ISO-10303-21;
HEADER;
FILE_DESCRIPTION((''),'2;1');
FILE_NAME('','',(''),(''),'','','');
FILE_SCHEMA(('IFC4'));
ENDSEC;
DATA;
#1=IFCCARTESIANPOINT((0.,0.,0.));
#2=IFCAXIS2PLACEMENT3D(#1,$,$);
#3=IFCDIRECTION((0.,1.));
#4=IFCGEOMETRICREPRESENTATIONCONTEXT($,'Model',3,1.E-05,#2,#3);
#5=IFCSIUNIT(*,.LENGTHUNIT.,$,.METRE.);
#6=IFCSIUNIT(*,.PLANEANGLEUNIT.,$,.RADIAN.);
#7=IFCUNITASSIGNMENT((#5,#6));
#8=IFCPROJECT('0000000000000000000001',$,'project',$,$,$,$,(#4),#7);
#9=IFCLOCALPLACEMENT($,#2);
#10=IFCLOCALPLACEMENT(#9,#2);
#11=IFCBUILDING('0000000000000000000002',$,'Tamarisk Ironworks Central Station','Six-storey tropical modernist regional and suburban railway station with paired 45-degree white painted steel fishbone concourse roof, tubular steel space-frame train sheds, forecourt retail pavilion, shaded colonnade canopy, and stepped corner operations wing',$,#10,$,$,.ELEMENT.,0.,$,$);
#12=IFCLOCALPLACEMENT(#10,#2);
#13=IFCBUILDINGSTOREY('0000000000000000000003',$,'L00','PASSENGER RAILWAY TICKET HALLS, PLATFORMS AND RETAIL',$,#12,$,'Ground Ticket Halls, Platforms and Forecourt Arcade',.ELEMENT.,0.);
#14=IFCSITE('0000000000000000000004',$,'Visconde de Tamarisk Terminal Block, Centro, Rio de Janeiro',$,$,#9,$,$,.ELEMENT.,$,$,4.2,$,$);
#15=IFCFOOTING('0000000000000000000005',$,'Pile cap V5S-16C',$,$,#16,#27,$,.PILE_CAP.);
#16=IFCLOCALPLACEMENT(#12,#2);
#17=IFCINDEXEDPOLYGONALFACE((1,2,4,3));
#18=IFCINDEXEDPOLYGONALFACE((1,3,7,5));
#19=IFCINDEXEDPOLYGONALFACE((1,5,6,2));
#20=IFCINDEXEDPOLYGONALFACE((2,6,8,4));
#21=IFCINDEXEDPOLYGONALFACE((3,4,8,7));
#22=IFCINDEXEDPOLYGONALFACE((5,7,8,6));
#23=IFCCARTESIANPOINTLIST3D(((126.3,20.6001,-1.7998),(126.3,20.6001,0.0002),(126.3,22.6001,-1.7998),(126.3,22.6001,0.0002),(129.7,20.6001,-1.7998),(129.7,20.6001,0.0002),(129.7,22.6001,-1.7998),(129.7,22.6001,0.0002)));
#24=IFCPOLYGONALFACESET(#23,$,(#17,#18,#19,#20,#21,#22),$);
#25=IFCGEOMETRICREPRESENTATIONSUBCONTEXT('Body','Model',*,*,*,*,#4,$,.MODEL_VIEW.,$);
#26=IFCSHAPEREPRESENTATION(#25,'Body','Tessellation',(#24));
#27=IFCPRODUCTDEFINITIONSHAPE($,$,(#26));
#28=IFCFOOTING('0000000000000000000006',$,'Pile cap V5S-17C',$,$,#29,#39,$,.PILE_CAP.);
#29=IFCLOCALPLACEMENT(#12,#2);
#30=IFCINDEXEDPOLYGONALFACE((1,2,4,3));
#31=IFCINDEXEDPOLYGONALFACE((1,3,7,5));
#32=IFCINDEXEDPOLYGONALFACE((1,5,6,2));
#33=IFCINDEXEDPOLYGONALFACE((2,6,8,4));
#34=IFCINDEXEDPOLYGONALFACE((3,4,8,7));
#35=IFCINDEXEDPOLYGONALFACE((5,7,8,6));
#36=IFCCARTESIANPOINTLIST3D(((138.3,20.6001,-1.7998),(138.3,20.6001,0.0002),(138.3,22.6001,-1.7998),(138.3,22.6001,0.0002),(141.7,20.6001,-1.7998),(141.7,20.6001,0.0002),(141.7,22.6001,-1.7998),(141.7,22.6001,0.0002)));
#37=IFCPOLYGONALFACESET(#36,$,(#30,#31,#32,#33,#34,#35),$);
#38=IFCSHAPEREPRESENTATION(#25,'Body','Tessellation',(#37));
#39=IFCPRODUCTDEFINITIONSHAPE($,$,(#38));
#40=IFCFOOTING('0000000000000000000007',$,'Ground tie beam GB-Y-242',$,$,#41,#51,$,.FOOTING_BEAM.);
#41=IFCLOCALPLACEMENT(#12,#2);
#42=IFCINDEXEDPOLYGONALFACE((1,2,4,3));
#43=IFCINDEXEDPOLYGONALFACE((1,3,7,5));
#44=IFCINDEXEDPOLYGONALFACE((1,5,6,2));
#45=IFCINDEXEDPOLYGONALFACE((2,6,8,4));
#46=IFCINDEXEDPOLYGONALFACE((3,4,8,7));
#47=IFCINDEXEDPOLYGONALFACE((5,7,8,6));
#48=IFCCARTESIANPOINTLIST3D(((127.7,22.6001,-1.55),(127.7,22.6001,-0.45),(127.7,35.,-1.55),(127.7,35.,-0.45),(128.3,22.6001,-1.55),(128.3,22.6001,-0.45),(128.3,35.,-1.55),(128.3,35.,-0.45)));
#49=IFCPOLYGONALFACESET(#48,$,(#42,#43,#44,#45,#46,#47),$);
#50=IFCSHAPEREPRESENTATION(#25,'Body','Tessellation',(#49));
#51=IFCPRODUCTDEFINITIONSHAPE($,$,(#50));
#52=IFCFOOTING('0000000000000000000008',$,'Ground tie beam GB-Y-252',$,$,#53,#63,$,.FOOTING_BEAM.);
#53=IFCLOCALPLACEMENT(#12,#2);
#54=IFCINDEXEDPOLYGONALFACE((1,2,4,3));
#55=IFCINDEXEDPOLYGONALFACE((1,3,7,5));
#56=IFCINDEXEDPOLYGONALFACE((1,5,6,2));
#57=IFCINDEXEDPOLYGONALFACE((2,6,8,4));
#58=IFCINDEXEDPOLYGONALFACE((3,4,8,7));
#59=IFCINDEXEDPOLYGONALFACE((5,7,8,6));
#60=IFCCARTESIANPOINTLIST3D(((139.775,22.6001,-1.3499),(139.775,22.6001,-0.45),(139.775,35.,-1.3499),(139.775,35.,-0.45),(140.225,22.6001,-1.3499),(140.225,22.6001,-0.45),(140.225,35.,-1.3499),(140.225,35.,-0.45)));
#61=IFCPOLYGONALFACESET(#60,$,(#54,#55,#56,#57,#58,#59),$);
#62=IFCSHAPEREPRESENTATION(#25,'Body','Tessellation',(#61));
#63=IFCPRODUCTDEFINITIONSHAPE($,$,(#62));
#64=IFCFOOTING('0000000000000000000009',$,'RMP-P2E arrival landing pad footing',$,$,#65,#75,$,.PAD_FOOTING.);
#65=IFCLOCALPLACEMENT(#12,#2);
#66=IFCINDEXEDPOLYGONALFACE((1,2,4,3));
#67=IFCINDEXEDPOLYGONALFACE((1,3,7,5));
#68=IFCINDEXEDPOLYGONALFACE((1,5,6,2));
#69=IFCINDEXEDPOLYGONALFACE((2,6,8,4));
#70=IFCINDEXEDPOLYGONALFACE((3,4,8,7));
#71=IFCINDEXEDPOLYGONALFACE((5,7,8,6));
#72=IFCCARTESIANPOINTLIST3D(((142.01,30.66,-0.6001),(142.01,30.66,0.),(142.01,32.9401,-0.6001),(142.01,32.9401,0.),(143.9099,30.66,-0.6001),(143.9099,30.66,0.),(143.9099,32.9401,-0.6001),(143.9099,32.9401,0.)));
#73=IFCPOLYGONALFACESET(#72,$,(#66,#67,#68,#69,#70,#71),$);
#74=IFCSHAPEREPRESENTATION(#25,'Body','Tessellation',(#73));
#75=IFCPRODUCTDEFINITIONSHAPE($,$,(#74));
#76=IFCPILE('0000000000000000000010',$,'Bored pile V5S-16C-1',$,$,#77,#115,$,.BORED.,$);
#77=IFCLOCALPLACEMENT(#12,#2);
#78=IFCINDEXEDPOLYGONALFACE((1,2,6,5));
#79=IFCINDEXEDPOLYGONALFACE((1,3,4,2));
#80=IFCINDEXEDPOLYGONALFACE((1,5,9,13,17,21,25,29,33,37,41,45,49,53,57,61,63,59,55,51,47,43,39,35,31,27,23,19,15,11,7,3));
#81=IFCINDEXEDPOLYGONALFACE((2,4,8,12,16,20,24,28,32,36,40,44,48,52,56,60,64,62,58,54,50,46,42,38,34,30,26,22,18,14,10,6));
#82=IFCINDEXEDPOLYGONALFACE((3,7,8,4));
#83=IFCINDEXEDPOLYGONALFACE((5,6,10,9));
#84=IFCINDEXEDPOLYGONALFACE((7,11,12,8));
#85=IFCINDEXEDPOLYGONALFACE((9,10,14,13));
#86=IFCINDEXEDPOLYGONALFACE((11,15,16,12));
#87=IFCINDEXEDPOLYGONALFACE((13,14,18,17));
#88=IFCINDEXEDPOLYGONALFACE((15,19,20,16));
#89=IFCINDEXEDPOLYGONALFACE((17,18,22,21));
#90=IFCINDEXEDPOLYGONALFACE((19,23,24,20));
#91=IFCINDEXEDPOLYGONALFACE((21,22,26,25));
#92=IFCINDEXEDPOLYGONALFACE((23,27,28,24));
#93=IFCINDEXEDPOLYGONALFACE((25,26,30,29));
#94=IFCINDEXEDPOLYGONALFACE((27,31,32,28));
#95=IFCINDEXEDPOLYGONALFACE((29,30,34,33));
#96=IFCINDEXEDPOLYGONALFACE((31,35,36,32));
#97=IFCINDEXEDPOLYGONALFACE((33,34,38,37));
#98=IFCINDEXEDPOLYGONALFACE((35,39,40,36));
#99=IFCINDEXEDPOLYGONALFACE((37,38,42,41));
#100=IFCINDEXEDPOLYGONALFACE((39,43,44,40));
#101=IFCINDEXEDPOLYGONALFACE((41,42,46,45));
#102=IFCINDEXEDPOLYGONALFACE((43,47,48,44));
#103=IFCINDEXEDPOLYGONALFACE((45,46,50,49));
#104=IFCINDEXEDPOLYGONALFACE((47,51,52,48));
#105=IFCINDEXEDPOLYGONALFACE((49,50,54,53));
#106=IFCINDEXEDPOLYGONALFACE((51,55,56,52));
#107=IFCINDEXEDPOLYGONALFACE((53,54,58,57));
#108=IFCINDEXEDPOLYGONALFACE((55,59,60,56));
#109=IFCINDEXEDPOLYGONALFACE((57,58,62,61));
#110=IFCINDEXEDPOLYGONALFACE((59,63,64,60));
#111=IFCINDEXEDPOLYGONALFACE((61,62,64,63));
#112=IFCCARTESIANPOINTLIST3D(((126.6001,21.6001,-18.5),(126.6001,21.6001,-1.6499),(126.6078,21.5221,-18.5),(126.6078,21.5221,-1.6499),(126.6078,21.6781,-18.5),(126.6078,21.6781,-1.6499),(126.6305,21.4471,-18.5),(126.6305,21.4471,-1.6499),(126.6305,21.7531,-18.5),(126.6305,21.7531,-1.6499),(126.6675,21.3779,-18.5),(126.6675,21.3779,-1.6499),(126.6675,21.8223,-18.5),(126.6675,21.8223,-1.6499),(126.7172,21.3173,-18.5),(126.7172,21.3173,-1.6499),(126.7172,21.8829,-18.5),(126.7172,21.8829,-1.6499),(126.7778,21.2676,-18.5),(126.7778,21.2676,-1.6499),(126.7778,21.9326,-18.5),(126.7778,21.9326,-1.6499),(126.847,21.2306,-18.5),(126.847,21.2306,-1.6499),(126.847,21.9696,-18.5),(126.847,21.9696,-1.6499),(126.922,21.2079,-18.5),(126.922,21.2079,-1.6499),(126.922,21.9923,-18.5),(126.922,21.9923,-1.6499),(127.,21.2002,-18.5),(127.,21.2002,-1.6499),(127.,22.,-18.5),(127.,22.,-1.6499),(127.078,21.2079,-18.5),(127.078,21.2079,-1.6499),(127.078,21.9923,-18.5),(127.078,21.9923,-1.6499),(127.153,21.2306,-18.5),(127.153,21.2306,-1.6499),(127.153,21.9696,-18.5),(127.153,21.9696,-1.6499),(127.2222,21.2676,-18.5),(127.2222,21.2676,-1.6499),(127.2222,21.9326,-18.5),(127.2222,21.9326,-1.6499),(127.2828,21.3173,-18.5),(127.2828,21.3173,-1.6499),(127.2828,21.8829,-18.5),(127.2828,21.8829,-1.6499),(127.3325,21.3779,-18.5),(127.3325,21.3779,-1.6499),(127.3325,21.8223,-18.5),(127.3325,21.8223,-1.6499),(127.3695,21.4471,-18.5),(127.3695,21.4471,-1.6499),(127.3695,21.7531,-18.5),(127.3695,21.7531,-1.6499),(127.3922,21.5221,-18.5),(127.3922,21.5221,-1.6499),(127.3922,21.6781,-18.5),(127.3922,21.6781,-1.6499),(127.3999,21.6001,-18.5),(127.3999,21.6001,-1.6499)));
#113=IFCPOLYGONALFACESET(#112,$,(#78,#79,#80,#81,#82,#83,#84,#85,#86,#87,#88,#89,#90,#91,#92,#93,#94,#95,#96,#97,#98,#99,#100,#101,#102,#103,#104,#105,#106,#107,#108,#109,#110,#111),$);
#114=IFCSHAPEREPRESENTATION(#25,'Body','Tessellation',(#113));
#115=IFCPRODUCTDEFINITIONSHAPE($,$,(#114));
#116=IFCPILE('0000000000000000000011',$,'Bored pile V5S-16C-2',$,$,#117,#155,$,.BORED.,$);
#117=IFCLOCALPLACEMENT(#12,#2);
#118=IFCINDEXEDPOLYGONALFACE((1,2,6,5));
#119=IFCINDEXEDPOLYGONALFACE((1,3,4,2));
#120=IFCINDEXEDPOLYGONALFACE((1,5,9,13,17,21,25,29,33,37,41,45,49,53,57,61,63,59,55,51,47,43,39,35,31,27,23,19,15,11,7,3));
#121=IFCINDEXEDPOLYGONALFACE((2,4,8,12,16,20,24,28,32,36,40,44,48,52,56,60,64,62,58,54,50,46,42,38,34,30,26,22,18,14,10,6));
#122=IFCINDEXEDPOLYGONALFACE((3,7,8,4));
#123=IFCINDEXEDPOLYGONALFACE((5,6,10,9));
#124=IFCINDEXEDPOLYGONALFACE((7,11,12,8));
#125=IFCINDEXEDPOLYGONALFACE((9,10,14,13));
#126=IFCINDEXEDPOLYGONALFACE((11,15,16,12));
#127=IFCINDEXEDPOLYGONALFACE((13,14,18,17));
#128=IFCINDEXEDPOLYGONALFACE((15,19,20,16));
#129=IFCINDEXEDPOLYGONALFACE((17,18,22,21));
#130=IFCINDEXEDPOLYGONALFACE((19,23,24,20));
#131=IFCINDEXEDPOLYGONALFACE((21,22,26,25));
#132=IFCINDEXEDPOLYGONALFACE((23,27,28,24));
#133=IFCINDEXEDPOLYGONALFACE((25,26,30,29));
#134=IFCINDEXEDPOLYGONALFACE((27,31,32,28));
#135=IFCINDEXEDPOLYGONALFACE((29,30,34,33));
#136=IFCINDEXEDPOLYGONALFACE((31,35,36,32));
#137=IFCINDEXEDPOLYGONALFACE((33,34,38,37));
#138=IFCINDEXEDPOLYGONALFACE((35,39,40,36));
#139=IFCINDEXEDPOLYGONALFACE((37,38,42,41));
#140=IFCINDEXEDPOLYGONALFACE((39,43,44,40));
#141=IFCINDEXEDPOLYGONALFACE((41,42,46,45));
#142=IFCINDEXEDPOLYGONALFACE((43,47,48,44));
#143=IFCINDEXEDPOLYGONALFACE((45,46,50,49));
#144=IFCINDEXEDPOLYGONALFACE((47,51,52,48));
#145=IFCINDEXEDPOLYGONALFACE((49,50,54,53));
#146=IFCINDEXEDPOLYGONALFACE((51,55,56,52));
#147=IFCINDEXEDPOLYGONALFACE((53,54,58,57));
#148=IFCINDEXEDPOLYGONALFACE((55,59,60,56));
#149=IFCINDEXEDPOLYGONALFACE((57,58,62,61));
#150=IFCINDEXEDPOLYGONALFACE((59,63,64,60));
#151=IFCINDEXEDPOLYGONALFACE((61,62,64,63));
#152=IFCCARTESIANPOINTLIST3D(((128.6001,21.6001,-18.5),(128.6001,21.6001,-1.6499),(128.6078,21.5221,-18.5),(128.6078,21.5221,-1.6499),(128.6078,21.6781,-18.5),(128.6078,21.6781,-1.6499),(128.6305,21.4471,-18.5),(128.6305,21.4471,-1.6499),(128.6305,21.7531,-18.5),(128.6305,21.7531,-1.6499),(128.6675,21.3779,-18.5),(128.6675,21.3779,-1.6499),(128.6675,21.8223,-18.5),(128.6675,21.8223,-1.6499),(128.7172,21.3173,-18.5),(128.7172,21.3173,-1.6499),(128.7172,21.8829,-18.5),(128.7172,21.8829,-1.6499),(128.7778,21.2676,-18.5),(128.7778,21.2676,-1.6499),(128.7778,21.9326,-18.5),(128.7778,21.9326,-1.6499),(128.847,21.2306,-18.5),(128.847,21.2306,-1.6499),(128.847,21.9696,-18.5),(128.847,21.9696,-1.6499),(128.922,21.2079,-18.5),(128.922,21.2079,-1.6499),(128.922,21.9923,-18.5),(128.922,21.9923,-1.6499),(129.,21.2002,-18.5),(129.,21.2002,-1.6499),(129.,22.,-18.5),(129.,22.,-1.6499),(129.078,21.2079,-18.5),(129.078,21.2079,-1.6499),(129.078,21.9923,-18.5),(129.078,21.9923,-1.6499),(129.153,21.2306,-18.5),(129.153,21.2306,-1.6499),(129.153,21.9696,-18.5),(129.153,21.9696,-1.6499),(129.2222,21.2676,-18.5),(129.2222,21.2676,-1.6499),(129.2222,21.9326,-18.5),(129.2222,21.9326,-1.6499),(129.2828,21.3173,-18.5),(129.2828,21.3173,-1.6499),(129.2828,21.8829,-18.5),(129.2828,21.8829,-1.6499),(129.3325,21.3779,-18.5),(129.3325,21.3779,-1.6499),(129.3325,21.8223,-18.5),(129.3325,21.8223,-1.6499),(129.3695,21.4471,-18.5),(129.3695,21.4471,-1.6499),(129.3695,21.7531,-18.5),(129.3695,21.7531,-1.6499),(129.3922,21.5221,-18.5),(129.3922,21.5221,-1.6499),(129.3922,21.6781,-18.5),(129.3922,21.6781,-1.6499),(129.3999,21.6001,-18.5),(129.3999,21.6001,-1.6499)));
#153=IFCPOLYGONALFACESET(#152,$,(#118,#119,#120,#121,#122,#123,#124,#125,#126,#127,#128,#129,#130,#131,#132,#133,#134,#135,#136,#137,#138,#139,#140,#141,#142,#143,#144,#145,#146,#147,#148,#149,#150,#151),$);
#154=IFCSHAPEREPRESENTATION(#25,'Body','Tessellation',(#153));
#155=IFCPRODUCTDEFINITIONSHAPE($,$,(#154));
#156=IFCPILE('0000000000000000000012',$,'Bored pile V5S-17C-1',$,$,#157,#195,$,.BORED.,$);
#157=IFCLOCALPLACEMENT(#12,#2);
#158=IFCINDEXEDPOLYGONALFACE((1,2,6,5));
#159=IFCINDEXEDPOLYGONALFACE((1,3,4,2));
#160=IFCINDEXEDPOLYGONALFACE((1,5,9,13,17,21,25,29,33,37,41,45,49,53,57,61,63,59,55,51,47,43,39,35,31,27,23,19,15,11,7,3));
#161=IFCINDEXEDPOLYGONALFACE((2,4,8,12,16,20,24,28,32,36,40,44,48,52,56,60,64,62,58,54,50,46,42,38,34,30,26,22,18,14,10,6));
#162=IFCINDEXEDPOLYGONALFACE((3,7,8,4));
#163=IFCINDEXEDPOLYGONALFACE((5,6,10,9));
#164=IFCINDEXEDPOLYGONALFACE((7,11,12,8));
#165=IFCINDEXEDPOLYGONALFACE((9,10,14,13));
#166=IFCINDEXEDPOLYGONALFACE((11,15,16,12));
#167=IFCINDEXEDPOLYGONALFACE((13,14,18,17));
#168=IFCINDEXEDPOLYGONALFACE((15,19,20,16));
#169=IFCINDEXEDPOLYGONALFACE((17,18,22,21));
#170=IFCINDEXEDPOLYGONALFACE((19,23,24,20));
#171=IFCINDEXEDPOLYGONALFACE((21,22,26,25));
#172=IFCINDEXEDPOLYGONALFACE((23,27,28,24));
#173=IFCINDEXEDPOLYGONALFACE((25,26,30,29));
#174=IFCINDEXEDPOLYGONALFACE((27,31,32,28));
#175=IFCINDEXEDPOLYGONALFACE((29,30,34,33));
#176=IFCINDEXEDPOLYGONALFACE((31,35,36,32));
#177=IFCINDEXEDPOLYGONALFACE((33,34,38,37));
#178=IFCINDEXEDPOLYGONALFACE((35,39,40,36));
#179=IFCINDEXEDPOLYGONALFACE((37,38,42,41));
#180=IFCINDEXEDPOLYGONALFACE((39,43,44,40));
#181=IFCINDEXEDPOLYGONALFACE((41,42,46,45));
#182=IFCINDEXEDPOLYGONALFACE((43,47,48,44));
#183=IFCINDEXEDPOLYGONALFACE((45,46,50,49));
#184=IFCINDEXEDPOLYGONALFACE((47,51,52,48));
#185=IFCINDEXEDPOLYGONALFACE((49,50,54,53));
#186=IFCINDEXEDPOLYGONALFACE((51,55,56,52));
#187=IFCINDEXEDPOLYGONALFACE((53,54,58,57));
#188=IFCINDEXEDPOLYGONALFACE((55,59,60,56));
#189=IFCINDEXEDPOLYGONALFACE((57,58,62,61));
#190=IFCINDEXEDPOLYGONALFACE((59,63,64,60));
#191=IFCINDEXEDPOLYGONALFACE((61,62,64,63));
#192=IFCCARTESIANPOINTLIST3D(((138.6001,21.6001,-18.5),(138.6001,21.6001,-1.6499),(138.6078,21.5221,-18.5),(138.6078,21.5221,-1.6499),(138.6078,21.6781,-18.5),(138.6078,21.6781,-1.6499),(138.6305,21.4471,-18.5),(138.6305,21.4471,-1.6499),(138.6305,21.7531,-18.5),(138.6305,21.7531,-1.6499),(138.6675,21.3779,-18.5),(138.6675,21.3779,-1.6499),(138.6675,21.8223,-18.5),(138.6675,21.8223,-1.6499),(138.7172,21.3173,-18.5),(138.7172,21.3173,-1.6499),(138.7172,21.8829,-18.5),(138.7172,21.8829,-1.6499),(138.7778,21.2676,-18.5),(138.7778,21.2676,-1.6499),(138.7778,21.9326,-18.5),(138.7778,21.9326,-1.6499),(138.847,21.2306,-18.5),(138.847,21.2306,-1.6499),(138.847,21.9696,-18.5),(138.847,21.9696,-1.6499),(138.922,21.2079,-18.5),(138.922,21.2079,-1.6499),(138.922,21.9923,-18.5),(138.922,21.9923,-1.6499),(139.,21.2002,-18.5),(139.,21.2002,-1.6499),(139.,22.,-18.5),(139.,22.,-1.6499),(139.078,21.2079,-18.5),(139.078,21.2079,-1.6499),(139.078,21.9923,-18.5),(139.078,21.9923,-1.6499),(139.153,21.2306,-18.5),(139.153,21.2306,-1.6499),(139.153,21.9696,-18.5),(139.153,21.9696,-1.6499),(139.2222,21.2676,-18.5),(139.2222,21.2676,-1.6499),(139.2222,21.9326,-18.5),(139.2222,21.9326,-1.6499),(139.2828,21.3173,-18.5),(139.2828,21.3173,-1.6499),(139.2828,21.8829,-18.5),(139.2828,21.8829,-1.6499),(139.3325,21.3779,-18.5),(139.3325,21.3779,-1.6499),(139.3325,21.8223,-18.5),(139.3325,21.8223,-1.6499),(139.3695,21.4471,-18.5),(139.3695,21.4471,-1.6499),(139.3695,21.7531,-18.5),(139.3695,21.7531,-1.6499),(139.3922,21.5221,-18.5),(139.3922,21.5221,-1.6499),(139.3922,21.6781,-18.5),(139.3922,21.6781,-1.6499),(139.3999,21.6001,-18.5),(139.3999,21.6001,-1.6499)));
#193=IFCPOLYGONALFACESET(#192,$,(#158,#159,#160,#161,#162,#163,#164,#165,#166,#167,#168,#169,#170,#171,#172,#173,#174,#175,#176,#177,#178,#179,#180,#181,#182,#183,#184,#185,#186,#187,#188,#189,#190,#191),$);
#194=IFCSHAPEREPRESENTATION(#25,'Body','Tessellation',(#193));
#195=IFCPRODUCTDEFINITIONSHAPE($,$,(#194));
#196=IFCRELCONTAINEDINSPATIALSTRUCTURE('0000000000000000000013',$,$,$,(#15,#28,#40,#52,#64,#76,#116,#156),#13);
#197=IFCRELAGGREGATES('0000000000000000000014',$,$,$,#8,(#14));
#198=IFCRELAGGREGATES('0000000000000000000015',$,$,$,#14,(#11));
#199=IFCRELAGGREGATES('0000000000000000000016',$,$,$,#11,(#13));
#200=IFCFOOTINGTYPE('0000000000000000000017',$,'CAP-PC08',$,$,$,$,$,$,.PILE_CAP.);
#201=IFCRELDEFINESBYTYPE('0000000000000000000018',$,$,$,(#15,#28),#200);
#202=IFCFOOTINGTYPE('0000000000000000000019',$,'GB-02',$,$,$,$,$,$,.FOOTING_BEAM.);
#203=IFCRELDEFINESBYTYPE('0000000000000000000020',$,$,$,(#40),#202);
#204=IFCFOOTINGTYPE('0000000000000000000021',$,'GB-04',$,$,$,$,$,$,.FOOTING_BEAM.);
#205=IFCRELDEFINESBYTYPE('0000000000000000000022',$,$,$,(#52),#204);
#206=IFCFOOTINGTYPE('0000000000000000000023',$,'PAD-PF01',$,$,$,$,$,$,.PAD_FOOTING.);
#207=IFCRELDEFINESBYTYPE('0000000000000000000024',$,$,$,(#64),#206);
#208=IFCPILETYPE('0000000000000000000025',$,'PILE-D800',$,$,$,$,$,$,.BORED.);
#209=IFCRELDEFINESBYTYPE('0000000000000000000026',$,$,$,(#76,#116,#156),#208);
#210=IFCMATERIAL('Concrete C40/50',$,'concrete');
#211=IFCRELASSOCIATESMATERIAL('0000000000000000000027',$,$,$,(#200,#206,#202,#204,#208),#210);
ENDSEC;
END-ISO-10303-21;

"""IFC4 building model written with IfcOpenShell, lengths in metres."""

from ifc_helpers import new_model, si_unit, direction, frame, origin, origin_2d, place, context, subcontext, project, spatial, rectangle, circle, extrude, material, material_profile, profile_set, type_object, element, save


model = new_model("IFC4")

# Units and contexts
model_context = context("Model", 3, precision=1e-05, world=origin(), true_north=direction((0.0, 1.0)))
body_context = subcontext(model_context, "Body", "Model", "MODEL_VIEW")
ifc_project = project(units=[si_unit("LENGTHUNIT", "METRE"), si_unit("PLANEANGLEUNIT", "RADIAN")], contexts=[model_context])

# Site, building, storey
site_placement = place(None, origin())
site = spatial("IfcSite", under=ifc_project, at=site_placement, Name="Visconde de Tamarisk Terminal Block, Centro, Rio de Janeiro", CompositionType="ELEMENT", RefElevation=4.2)
building_placement = place(site_placement, origin())
building = spatial("IfcBuilding", under=site, at=building_placement, Name="Tamarisk Ironworks Central Station", Description="Six-storey tropical modernist regional and suburban railway station with paired 45-degree white painted steel fishbone concourse roof, tubular steel space-frame train sheds, forecourt retail pavilion, shaded colonnade canopy, and stepped corner operations wing", CompositionType="ELEMENT", ElevationOfRefHeight=0.0)
storey_placement = place(building_placement, origin())
storey = spatial("IfcBuildingStorey", under=building, at=storey_placement, Name="L00", Description="PASSENGER RAILWAY TICKET HALLS, PLATFORMS AND RETAIL", LongName="Ground Ticket Halls, Platforms and Forecourt Arcade", CompositionType="ELEMENT", Elevation=0.0)

# Footings
ifc_material_1 = material(Name="Concrete C40/50", Category="concrete")
footing_type_1 = type_object("IfcFootingType", Name="CAP-PC08", PredefinedType="PILE_CAP", material=ifc_material_1)
for number, where, z_axis, x_axis, name in (
    (1, (128.0, 21.6001, -1.7998), (0.0, 0.0, 1.0), (1.0, 0.0, 0.0), "Pile cap V5S-16C"),
    (2, (140.0, 21.6001, -1.7998), (0.0, 0.0, 1.0), (1.0, 0.0, 0.0), "Pile cap V5S-17C"),
):
    element("IfcFooting", number, at=place(storey_placement, frame(where, z_axis=z_axis, x_axis=x_axis)), inside=storey, type_object=footing_type_1, Name=name, PredefinedType="PILE_CAP", context=body_context, shape_type="SweptSolid", body=[
        extrude(rectangle(XDim=3.3999, YDim=2.0, at=origin_2d()), origin(), (0.0, 0.0, 1.0), 1.8),
    ])
ifc_material_profile_1 = material_profile(ifc_material_1, rectangle(XDim=0.6001, YDim=1.1001, at=origin_2d()), Name="GB02 600x1100")
ifc_profile_set_1 = profile_set([ifc_material_profile_1], Name="Concrete C40/50")
footing_type_2 = type_object("IfcFootingType", Name="GB-02", PredefinedType="FOOTING_BEAM", material=ifc_profile_set_1)
footing_1_placement = place(storey_placement, frame((128.0, 22.6001, -1.0), z_axis=(0.0, 1.0, 0.0), x_axis=(-1.0, 0.0, 0.0)))
element("IfcFooting", 3, at=footing_1_placement, inside=storey, type_object=footing_type_2, Name="Ground tie beam GB-Y-242", PredefinedType="FOOTING_BEAM", context=body_context, shape_type="SweptSolid", body=[
    extrude(rectangle(XDim=0.6001, YDim=1.1001, at=origin_2d()), origin(), (0.0, 0.0, 1.0), 12.3999),
])
ifc_material_profile_2 = material_profile(ifc_material_1, rectangle(XDim=0.45, YDim=0.8999, at=origin_2d()), Name="GB04 450x900")
ifc_profile_set_2 = profile_set([ifc_material_profile_2], Name="Concrete C40/50")
footing_type_3 = type_object("IfcFootingType", Name="GB-04", PredefinedType="FOOTING_BEAM", material=ifc_profile_set_2)
footing_2_placement = place(storey_placement, frame((140.0, 22.6001, -0.8999), z_axis=(0.0, 1.0, 0.0), x_axis=(-1.0, 0.0, 0.0)))
element("IfcFooting", 4, at=footing_2_placement, inside=storey, type_object=footing_type_3, Name="Ground tie beam GB-Y-252", PredefinedType="FOOTING_BEAM", context=body_context, shape_type="SweptSolid", body=[
    extrude(rectangle(XDim=0.45, YDim=0.8999, at=origin_2d()), origin(), (0.0, 0.0, 1.0), 12.3999),
])
footing_type_4 = type_object("IfcFootingType", Name="PAD-PF01", PredefinedType="PAD_FOOTING", material=ifc_material_1)
footing_3_placement = place(storey_placement, frame((142.96, 31.8, -0.6001), z_axis=(0.0, 0.0, 1.0), x_axis=(1.0, 0.0, 0.0)))
element("IfcFooting", 5, at=footing_3_placement, inside=storey, type_object=footing_type_4, Name="RMP-P2E arrival landing pad footing", PredefinedType="PAD_FOOTING", context=body_context, shape_type="SweptSolid", body=[
    extrude(rectangle(XDim=1.8999, YDim=2.28, at=origin_2d()), origin(), (0.0, 0.0, 1.0), 0.6001),
])

# Piles
ifc_material_profile_3 = material_profile(ifc_material_1, circle(Radius=0.3999, at=origin_2d()), Name="BORED PILE D800")
ifc_profile_set_3 = profile_set([ifc_material_profile_3], Name="Concrete C40/50")
pile_type = type_object("IfcPileType", Name="PILE-D800", PredefinedType="BORED", material=ifc_profile_set_3)
for number, where, z_axis, x_axis, name in (
    (6, (127.0, 21.6001, -1.6499), (0.0, 0.0, -1.0), (1.0, 0.0, 0.0), "Bored pile V5S-16C-1"),
    (7, (129.0, 21.6001, -1.6499), (0.0, 0.0, -1.0), (1.0, 0.0, 0.0), "Bored pile V5S-16C-2"),
    (8, (139.0, 21.6001, -1.6499), (0.0, 0.0, -1.0), (1.0, 0.0, 0.0), "Bored pile V5S-17C-1"),
):
    element("IfcPile", number, at=place(storey_placement, frame(where, z_axis=z_axis, x_axis=x_axis)), inside=storey, type_object=pile_type, Name=name, PredefinedType="BORED", context=body_context, shape_type="SweptSolid", body=[
        extrude(circle(Radius=0.3999, at=origin_2d()), origin(), (0.0, 0.0, 1.0), 16.8501),
    ])

save(model, "model.ifc")
